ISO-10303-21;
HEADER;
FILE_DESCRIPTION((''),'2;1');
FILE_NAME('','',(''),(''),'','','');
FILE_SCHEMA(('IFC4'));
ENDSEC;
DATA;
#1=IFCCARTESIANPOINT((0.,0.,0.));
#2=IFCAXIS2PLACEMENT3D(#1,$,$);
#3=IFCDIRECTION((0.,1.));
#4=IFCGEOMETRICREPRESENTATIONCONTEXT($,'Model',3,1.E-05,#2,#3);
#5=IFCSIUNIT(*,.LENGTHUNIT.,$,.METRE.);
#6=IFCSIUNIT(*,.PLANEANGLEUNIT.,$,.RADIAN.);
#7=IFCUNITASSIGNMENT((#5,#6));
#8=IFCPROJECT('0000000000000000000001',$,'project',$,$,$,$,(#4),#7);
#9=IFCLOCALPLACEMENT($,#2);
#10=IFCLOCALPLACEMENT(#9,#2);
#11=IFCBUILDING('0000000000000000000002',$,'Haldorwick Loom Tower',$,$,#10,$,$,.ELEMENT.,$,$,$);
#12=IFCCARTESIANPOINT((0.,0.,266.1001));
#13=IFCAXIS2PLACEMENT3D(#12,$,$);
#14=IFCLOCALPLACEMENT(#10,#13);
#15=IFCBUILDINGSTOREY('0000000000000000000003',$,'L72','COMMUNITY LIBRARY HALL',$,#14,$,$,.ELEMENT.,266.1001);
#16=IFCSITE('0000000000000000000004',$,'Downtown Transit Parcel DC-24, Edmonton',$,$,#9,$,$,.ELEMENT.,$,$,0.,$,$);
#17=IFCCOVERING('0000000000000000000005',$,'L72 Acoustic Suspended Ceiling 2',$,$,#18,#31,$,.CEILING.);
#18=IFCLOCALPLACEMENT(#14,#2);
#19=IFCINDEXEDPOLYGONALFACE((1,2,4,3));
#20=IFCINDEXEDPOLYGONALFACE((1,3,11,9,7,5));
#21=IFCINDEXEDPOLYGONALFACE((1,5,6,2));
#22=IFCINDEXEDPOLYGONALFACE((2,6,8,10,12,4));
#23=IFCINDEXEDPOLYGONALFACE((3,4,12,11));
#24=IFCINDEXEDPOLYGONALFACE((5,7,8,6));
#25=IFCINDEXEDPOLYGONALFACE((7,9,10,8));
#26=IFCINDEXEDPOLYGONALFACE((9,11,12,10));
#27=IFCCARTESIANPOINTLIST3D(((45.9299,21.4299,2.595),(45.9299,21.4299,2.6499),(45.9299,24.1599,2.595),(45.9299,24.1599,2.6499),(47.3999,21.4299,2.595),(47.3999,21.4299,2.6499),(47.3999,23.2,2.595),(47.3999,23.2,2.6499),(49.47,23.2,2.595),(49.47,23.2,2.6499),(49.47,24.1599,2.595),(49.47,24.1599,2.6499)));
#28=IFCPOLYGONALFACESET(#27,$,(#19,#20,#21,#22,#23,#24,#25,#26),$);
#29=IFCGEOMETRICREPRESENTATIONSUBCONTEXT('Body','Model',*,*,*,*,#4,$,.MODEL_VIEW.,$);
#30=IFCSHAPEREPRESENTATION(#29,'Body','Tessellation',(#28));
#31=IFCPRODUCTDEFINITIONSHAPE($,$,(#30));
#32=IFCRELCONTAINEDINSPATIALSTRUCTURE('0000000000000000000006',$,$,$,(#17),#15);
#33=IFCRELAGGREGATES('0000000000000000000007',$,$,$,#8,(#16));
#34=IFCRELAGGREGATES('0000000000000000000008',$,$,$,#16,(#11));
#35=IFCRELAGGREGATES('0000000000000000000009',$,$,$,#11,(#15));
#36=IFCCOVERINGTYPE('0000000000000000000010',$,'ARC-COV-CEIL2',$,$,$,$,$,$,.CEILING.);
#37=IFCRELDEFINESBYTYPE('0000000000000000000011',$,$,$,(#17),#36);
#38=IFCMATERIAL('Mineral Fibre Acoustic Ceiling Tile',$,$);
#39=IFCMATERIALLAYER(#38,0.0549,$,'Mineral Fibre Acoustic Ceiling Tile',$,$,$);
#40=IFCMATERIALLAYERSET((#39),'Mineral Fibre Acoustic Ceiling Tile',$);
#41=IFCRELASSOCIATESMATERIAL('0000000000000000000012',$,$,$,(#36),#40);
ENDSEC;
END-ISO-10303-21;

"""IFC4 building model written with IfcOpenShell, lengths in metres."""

from ifc_helpers import new_model, si_unit, direction, frame, origin, place, context, subcontext, project, spatial, polyline, outline, extrude, material, layer, layer_set, type_object, element, save


model = new_model("IFC4")

# Units and contexts
model_context = context("Model", 3, precision=1e-05, world=origin(), true_north=direction((0.0, 1.0)))
body_context = subcontext(model_context, "Body", "Model", "MODEL_VIEW")
ifc_project = project(units=[si_unit("LENGTHUNIT", "METRE"), si_unit("PLANEANGLEUNIT", "RADIAN")], contexts=[model_context])

# Site, building, storey
site_placement = place(None, origin())
site = spatial("IfcSite", under=ifc_project, at=site_placement, Name="Downtown Transit Parcel DC-24, Edmonton", CompositionType="ELEMENT", RefElevation=0.0)
building_placement = place(site_placement, origin())
building = spatial("IfcBuilding", under=site, at=building_placement, Name="Haldorwick Loom Tower", CompositionType="ELEMENT")
storey_placement = place(building_placement, frame((0.0, 0.0, 266.1001)))
storey = spatial("IfcBuildingStorey", under=building, at=storey_placement, Name="L72", Description="COMMUNITY LIBRARY HALL", CompositionType="ELEMENT", Elevation=266.1001)

# Covering
ifc_material_1 = material(Name="Mineral Fibre Acoustic Ceiling Tile")
ifc_layer_1 = layer(ifc_material_1, 0.0549, Name="Mineral Fibre Acoustic Ceiling Tile")
ifc_layer_set_1 = layer_set([ifc_layer_1], Name="Mineral Fibre Acoustic Ceiling Tile")
covering_type_1 = type_object("IfcCoveringType", Name="ARC-COV-CEIL2", PredefinedType="CEILING", material=ifc_layer_set_1)
covering_1_placement = place(storey_placement, frame((0.0, 0.0, 2.595)))
element("IfcCovering", 1, at=covering_1_placement, inside=storey, type_object=covering_type_1, Name="L72 Acoustic Suspended Ceiling 2", PredefinedType="CEILING", context=body_context, shape_type="SweptSolid", body=[
    extrude(outline(polyline([(45.9299, 24.1599), (45.9299, 21.4299), (47.3999, 21.4299), (47.3999, 23.2), (49.47, 23.2), (49.47, 24.1599), (45.9299, 24.1599)])), origin(), (0.0, 0.0, 1.0), 0.0549),
])

save(model, "model.ifc")
